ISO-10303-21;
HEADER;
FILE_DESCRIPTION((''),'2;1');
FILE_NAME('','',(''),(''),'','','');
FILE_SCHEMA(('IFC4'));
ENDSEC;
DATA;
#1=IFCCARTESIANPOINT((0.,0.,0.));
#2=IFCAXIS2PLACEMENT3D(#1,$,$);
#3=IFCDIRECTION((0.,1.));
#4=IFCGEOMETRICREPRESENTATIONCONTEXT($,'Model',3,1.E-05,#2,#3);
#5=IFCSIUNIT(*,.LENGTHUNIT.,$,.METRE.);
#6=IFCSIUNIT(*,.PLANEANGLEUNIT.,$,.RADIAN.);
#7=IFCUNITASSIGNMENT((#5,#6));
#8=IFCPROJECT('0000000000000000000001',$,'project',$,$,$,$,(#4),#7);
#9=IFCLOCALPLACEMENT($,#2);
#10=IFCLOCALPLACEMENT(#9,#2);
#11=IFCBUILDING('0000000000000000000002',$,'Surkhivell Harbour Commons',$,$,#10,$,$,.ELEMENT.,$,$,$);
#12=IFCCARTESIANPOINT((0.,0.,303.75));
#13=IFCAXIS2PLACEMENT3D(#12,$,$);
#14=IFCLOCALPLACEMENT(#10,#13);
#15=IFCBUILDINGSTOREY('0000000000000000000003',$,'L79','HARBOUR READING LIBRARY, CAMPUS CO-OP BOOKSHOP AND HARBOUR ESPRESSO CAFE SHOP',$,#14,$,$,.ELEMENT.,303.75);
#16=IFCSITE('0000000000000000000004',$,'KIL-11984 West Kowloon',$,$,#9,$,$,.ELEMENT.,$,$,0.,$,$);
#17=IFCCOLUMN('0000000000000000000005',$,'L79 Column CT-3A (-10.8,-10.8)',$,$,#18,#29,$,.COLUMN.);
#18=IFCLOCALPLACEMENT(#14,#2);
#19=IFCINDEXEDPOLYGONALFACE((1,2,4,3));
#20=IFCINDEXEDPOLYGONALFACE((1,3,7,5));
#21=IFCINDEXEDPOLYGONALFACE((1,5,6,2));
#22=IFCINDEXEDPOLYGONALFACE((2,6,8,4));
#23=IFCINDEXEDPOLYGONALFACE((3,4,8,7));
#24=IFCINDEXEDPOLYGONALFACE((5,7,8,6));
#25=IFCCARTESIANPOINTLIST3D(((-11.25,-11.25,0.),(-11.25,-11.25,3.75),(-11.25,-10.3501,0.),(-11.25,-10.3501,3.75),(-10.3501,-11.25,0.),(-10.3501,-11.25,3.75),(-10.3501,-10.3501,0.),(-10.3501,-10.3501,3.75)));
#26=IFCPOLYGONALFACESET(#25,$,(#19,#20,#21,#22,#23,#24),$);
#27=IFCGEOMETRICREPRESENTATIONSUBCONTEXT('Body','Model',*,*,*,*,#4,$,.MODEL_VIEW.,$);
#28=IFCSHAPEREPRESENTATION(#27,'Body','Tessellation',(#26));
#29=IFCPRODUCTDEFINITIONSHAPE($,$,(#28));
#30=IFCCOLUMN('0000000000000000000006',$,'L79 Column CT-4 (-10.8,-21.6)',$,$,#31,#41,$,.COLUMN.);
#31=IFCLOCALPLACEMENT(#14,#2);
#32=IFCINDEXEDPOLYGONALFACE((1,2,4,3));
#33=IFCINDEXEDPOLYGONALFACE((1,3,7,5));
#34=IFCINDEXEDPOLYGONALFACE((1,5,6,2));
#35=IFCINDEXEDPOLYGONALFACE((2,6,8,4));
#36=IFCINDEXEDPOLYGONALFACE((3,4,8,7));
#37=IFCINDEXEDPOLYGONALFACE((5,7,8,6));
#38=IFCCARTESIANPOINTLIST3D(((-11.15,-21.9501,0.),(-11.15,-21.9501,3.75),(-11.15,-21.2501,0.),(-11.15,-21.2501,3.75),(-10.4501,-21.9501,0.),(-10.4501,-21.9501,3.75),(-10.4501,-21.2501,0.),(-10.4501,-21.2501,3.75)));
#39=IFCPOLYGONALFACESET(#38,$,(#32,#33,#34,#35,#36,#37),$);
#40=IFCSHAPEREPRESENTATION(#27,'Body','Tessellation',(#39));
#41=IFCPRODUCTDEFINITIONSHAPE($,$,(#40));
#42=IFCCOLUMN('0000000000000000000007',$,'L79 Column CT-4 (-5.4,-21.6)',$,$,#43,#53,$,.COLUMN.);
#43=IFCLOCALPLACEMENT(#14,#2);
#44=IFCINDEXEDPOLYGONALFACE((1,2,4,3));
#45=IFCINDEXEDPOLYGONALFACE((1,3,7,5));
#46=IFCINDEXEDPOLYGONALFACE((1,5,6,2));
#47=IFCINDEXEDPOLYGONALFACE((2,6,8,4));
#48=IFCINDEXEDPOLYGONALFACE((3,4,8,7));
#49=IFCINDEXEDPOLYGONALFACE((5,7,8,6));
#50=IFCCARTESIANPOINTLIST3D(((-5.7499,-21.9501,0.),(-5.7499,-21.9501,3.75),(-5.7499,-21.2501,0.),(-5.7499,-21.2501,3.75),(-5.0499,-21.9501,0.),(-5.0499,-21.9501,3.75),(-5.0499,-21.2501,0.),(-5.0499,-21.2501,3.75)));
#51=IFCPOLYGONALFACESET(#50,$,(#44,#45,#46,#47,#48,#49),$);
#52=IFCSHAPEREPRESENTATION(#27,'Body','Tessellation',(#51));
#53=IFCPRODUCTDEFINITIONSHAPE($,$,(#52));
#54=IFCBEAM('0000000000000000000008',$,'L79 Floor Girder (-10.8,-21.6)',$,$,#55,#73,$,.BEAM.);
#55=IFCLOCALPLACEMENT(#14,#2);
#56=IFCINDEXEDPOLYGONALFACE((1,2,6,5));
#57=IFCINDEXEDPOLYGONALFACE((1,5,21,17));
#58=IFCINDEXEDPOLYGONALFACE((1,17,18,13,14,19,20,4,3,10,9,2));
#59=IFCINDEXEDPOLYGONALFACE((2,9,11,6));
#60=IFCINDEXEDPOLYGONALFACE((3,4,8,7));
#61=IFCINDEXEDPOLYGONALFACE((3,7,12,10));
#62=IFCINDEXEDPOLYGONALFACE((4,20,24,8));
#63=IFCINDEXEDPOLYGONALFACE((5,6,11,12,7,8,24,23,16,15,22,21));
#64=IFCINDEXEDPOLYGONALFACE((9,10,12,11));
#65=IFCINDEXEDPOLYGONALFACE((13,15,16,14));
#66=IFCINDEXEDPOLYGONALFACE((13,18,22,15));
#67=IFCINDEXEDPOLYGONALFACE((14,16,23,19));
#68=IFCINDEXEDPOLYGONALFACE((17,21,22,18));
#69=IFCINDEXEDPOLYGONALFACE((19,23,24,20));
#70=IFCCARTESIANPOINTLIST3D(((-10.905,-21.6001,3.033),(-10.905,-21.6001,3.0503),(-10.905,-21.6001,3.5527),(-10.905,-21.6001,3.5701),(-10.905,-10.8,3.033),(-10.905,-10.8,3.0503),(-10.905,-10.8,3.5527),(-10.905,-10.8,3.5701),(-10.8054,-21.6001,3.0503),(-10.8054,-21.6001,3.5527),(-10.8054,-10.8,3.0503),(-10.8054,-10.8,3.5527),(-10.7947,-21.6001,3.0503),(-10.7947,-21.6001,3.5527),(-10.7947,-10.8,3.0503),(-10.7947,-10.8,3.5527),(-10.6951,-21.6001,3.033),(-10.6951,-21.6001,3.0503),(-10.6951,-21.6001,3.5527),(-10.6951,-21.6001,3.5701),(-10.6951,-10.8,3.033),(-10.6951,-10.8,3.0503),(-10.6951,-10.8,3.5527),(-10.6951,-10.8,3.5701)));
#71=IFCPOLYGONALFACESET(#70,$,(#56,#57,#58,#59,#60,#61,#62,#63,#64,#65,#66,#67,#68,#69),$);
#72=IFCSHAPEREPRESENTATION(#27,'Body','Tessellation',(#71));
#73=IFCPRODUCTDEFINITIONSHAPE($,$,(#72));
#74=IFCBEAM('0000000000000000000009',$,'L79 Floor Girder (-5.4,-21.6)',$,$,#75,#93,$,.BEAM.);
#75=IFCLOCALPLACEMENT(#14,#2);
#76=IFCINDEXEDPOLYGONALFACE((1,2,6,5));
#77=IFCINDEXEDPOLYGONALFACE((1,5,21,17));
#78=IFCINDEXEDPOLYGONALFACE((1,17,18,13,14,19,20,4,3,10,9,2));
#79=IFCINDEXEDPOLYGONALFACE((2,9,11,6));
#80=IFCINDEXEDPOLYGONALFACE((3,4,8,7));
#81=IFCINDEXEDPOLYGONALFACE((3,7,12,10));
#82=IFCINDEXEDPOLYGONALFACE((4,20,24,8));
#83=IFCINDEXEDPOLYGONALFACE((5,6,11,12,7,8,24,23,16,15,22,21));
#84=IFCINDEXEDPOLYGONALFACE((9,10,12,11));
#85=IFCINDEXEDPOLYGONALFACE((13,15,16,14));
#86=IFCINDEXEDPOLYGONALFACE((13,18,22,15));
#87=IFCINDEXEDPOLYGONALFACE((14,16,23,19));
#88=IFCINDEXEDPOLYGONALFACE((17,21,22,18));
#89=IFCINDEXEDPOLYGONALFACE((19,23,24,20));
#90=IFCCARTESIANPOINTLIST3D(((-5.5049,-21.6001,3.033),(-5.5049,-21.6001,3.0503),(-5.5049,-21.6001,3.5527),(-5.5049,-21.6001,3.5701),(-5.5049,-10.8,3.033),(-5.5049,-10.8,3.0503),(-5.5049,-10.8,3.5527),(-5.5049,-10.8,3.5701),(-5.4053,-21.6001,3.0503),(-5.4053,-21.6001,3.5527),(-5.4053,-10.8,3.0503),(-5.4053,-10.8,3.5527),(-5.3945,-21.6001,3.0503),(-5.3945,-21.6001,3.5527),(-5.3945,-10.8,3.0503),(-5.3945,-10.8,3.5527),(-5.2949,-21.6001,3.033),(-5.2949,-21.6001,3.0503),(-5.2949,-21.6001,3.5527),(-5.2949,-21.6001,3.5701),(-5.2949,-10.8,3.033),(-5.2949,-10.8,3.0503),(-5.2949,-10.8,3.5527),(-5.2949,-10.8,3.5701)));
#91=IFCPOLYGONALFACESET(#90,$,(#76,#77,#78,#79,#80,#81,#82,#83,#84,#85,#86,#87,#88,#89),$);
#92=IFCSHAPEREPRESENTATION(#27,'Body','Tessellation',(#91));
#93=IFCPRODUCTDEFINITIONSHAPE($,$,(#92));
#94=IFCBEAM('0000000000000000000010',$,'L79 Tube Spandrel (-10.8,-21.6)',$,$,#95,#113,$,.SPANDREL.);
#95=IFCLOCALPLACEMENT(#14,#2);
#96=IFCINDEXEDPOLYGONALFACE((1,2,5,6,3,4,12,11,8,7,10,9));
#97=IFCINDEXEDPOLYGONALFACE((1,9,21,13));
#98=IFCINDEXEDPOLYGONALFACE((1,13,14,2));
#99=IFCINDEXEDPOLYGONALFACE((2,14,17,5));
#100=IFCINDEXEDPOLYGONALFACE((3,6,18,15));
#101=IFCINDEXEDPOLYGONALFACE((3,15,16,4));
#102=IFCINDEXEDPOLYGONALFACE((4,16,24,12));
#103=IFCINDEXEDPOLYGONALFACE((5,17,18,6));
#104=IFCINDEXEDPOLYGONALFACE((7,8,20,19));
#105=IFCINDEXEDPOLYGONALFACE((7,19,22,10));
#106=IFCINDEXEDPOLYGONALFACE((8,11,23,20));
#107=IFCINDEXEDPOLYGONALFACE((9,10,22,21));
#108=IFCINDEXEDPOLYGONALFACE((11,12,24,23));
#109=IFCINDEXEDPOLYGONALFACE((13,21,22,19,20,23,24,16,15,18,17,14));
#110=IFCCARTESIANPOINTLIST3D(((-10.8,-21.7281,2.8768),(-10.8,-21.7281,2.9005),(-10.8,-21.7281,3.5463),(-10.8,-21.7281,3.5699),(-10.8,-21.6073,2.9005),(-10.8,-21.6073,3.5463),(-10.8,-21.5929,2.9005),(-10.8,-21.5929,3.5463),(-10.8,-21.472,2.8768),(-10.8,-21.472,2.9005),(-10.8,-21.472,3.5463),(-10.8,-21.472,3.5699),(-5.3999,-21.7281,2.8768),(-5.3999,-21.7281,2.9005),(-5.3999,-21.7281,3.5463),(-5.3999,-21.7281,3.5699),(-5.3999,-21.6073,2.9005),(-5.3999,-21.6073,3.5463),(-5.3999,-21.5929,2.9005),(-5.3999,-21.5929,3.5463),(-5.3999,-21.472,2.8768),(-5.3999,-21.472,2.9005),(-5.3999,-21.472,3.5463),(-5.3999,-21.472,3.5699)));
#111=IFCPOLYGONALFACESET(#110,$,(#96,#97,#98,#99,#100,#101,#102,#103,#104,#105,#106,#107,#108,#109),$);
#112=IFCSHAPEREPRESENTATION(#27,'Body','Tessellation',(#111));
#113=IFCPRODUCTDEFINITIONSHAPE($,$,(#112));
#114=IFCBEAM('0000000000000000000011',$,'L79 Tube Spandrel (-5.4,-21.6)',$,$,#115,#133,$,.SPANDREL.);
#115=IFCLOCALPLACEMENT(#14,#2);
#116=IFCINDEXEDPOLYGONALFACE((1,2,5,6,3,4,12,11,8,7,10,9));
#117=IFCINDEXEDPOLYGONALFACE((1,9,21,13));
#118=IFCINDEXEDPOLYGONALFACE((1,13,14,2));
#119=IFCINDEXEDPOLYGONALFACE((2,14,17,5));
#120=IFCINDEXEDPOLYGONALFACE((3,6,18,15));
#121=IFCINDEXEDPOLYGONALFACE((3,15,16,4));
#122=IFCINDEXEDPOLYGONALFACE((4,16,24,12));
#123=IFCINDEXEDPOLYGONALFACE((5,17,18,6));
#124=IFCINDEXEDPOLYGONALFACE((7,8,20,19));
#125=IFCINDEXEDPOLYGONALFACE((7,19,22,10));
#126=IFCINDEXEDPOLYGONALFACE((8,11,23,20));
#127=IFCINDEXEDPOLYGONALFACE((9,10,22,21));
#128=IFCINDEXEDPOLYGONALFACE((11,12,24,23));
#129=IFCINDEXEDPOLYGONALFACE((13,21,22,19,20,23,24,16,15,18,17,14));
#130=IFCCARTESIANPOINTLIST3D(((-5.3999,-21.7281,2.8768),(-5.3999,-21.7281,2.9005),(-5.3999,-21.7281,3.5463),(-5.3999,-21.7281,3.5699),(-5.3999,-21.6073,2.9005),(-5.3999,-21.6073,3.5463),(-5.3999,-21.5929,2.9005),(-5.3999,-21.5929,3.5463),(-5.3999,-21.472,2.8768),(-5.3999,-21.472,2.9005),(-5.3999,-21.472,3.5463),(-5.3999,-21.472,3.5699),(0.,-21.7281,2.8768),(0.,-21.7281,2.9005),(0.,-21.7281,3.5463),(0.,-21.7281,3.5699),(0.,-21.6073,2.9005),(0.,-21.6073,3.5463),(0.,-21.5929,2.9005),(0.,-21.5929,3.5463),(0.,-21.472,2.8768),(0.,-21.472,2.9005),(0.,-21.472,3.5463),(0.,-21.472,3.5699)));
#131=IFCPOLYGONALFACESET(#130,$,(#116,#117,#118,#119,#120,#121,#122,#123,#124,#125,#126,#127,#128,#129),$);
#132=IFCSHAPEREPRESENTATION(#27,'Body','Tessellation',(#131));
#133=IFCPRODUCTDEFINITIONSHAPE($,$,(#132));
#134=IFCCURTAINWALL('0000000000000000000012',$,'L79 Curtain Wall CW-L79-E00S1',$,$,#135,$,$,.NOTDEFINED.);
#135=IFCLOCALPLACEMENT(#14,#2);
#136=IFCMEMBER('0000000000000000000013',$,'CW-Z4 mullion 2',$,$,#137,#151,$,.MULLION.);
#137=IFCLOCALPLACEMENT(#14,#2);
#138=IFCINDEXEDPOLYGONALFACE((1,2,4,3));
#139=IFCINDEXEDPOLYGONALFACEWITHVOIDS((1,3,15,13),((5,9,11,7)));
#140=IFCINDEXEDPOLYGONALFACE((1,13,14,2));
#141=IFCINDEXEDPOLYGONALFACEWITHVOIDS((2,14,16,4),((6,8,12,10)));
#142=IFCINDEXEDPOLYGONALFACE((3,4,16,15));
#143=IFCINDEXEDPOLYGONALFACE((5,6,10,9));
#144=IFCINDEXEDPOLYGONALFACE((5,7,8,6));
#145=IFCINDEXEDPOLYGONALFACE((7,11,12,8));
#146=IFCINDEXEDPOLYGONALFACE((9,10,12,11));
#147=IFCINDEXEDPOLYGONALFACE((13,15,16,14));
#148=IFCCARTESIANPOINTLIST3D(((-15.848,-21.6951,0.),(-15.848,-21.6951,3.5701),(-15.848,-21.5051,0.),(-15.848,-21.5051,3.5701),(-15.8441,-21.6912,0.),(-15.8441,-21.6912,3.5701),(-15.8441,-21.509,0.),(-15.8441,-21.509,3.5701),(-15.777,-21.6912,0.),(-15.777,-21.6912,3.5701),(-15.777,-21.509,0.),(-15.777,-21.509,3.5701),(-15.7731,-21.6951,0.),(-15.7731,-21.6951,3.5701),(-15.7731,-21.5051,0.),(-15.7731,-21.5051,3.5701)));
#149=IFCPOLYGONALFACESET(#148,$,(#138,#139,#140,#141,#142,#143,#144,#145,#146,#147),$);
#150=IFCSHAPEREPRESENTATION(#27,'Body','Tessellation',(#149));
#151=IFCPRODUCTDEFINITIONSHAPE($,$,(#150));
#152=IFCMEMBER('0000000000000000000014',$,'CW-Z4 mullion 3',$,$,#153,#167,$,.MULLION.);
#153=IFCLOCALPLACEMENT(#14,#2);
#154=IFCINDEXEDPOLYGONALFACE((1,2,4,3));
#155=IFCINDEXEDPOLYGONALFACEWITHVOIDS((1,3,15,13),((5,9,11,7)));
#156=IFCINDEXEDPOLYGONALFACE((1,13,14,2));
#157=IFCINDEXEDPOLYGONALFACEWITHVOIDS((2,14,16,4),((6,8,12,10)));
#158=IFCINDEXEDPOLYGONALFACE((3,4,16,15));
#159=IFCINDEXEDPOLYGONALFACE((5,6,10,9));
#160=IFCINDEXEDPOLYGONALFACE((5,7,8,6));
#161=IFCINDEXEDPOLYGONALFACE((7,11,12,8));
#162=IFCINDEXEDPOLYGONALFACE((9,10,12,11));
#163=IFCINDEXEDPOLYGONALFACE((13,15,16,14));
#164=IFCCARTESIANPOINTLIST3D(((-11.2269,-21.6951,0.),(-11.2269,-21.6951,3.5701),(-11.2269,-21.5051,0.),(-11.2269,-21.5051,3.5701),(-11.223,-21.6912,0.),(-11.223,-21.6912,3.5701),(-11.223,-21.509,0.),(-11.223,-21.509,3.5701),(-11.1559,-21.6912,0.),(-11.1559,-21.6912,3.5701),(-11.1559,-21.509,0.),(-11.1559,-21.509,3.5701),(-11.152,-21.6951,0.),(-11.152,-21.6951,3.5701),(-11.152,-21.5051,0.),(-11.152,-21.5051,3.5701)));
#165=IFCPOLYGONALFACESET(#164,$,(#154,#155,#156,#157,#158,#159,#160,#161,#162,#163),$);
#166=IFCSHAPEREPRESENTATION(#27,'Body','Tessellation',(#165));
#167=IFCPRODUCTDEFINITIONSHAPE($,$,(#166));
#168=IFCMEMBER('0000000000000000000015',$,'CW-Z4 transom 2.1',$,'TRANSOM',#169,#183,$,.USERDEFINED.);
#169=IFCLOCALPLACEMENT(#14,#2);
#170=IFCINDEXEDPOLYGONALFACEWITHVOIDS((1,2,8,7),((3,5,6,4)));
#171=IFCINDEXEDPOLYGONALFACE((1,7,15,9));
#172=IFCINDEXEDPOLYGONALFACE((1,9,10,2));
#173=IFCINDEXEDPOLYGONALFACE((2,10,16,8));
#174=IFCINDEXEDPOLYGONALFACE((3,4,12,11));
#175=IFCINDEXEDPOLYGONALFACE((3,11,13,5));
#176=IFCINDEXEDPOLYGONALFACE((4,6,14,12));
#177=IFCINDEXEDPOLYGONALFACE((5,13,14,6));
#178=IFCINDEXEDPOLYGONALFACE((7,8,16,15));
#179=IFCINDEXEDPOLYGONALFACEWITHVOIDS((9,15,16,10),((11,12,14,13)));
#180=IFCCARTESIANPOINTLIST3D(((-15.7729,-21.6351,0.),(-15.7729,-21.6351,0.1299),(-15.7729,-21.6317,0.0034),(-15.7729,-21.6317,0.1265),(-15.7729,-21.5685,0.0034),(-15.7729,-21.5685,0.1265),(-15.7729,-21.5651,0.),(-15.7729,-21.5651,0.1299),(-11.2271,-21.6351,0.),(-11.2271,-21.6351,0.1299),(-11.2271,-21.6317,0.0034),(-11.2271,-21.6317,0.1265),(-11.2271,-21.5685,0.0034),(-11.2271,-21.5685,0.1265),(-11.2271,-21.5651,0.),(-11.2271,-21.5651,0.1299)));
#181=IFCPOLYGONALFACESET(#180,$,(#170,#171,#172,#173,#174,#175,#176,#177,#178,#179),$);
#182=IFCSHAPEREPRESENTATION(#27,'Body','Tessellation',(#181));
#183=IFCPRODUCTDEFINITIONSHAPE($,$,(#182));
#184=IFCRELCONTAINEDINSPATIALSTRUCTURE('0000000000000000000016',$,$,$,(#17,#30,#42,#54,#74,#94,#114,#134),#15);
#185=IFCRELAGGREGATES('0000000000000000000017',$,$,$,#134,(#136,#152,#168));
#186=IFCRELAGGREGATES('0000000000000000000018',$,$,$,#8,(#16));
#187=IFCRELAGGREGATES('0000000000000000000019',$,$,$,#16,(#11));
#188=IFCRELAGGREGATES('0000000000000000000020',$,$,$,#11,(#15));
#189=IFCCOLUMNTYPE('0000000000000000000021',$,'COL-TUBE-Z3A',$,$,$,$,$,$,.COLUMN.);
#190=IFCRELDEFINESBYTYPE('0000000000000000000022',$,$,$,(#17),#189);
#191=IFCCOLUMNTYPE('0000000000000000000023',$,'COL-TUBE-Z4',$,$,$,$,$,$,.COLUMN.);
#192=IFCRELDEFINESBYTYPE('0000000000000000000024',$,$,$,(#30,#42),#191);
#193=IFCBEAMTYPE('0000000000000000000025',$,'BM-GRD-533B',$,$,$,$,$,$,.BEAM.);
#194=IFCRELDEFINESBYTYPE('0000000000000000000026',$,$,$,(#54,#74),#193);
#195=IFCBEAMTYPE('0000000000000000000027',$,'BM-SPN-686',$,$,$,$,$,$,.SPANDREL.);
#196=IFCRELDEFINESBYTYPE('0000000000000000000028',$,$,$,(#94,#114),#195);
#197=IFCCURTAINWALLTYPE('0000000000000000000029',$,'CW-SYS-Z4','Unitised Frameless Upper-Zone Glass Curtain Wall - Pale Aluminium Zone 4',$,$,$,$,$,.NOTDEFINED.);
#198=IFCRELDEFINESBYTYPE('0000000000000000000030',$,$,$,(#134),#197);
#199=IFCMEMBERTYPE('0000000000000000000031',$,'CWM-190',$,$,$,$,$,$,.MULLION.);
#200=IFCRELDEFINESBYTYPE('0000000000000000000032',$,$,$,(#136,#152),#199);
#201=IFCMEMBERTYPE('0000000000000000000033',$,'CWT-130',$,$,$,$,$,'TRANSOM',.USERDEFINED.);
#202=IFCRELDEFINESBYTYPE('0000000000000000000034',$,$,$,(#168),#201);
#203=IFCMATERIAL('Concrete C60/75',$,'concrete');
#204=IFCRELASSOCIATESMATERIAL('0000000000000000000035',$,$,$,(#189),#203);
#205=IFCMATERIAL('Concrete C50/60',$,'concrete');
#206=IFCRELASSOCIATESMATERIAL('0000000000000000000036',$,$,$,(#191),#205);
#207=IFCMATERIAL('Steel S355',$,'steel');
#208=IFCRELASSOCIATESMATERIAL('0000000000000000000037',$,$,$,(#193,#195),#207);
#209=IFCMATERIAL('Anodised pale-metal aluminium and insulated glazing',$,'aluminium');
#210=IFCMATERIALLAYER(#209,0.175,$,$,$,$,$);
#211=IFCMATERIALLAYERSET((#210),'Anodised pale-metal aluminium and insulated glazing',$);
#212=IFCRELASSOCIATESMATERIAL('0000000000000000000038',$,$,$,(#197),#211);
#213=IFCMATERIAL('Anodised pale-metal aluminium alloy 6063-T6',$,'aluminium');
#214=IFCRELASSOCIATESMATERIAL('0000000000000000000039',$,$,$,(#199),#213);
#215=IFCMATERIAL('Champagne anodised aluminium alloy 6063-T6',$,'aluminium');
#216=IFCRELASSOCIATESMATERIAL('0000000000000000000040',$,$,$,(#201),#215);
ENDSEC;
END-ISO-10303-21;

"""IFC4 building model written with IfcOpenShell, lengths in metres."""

from ifc_helpers import new_model, si_unit, direction, frame, origin, origin_2d, place, context, subcontext, project, spatial, rectangle, hollow_rectangle, i_section, extrude, material, layer, layer_set, material_profile, profile_set, type_object, element, aggregate, save


model = new_model("IFC4")

# Units and contexts
model_context = context("Model", 3, precision=1e-05, world=origin(), true_north=direction((0.0, 1.0)))
body_context = subcontext(model_context, "Body", "Model", "MODEL_VIEW")
ifc_project = project(units=[si_unit("LENGTHUNIT", "METRE"), si_unit("PLANEANGLEUNIT", "RADIAN")], contexts=[model_context])

# Site, building, storey
site_placement = place(None, origin())
site = spatial("IfcSite", under=ifc_project, at=site_placement, Name="KIL-11984 West Kowloon", CompositionType="ELEMENT", RefElevation=0.0)
building_placement = place(site_placement, origin())
building = spatial("IfcBuilding", under=site, at=building_placement, Name="Surkhivell Harbour Commons", CompositionType="ELEMENT")
storey_placement = place(building_placement, frame((0.0, 0.0, 303.75)))
storey = spatial("IfcBuildingStorey", under=building, at=storey_placement, Name="L79", Description="HARBOUR READING LIBRARY, CAMPUS CO-OP BOOKSHOP AND HARBOUR ESPRESSO CAFE SHOP", CompositionType="ELEMENT", Elevation=303.75)

# Columns
ifc_material_1 = material(Name="Concrete C60/75", Category="concrete")
ifc_material_profile_1 = material_profile(ifc_material_1, rectangle(XDim=0.8999, YDim=0.8999, at=origin_2d()), Name="RC-COL-900x900")
ifc_profile_set_1 = profile_set([ifc_material_profile_1], Name="Concrete C60/75")
column_type_1 = type_object("IfcColumnType", Name="COL-TUBE-Z3A", PredefinedType="COLUMN", material=ifc_profile_set_1)
column_placement = place(storey_placement, frame((-10.8, -10.8, 0.0), z_axis=(0.0, 0.0, 1.0), x_axis=(1.0, 0.0, 0.0)))
element("IfcColumn", 1, at=column_placement, inside=storey, type_object=column_type_1, Name="L79 Column CT-3A (-10.8,-10.8)", PredefinedType="COLUMN", context=body_context, shape_type="SweptSolid", body=[
    extrude(rectangle(XDim=0.8999, YDim=0.8999, at=origin_2d()), origin(), (0.0, 0.0, 1.0), 3.75),
])
ifc_material_2 = material(Name="Concrete C50/60", Category="concrete")
ifc_material_profile_2 = material_profile(ifc_material_2, rectangle(XDim=0.7, YDim=0.7, at=origin_2d()), Name="RC-COL-700x700")
ifc_profile_set_2 = profile_set([ifc_material_profile_2], Name="Concrete C50/60")
column_type_2 = type_object("IfcColumnType", Name="COL-TUBE-Z4", PredefinedType="COLUMN", material=ifc_profile_set_2)
for number, where, z_axis, x_axis, name in (
    (2, (-10.8, -21.6001, 0.0), (0.0, 0.0, 1.0), (1.0, 0.0, 0.0), "L79 Column CT-4 (-10.8,-21.6)"),
    (3, (-5.3999, -21.6001, 0.0), (0.0, 0.0, 1.0), (1.0, 0.0, 0.0), "L79 Column CT-4 (-5.4,-21.6)"),
):
    element("IfcColumn", number, at=place(storey_placement, frame(where, z_axis=z_axis, x_axis=x_axis)), inside=storey, type_object=column_type_2, Name=name, PredefinedType="COLUMN", context=body_context, shape_type="SweptSolid", body=[
        extrude(rectangle(XDim=0.7, YDim=0.7, at=origin_2d()), origin(), (0.0, 0.0, 1.0), 3.75),
    ])

# Beams
ifc_material_3 = material(Name="Steel S355", Category="steel")
ifc_material_profile_3 = material_profile(ifc_material_3, i_section(OverallWidth=0.21, OverallDepth=0.5371, WebThickness=0.0107, FlangeThickness=0.0173, at=origin_2d()), Name="UB533x210x101")
ifc_profile_set_3 = profile_set([ifc_material_profile_3], Name="Steel S355")
beam_type_1 = type_object("IfcBeamType", Name="BM-GRD-533B", PredefinedType="BEAM", material=ifc_profile_set_3)
for number, where, z_axis, x_axis, name in (
    (4, (-10.8, -21.6001, 3.3015), (0.0, 1.0, 0.0), (-1.0, 0.0, 0.0), "L79 Floor Girder (-10.8,-21.6)"),
    (5, (-5.3999, -21.6001, 3.3015), (0.0, 1.0, 0.0), (-1.0, 0.0, 0.0), "L79 Floor Girder (-5.4,-21.6)"),
):
    element("IfcBeam", number, at=place(storey_placement, frame(where, z_axis=z_axis, x_axis=x_axis)), inside=storey, type_object=beam_type_1, Name=name, PredefinedType="BEAM", context=body_context, shape_type="SweptSolid", body=[
        extrude(i_section(OverallWidth=0.21, OverallDepth=0.5371, WebThickness=0.0107, FlangeThickness=0.0173, at=origin_2d()), origin(), (0.0, 0.0, 1.0), 10.8),
    ])
ifc_material_profile_4 = material_profile(ifc_material_3, i_section(OverallWidth=0.2561, OverallDepth=0.6931, WebThickness=0.0144, FlangeThickness=0.0237, at=origin_2d()), Name="UB686x254x170")
ifc_profile_set_4 = profile_set([ifc_material_profile_4], Name="Steel S355")
beam_type_2 = type_object("IfcBeamType", Name="BM-SPN-686", PredefinedType="SPANDREL", material=ifc_profile_set_4)
beam_1_placement = place(storey_placement, frame((-10.8, -21.6001, 3.2234), z_axis=(1.0, 0.0, 0.0), x_axis=(0.0, 1.0, 0.0)))
element("IfcBeam", 6, at=beam_1_placement, inside=storey, type_object=beam_type_2, Name="L79 Tube Spandrel (-10.8,-21.6)", PredefinedType="SPANDREL", context=body_context, shape_type="SweptSolid", body=[
    extrude(i_section(OverallWidth=0.2561, OverallDepth=0.6931, WebThickness=0.0144, FlangeThickness=0.0237, at=origin_2d()), origin(), (0.0, 0.0, 1.0), 5.4001),
])
beam_2_placement = place(storey_placement, frame((-5.3999, -21.6001, 3.2234), z_axis=(1.0, 0.0, 0.0), x_axis=(0.0, 1.0, 0.0)))
element("IfcBeam", 7, at=beam_2_placement, inside=storey, type_object=beam_type_2, Name="L79 Tube Spandrel (-5.4,-21.6)", PredefinedType="SPANDREL", context=body_context, shape_type="SweptSolid", body=[
    extrude(i_section(OverallWidth=0.2561, OverallDepth=0.6931, WebThickness=0.0144, FlangeThickness=0.0237, at=origin_2d()), origin(), (0.0, 0.0, 1.0), 5.3999),
])

# Curtain wall, members
ifc_material_4 = material(Name="Anodised pale-metal aluminium and insulated glazing", Category="aluminium")
ifc_layer_1 = layer(ifc_material_4, 0.175)
ifc_layer_set_1 = layer_set([ifc_layer_1], Name="Anodised pale-metal aluminium and insulated glazing")
curtain_wall_type = type_object("IfcCurtainWallType", Name="CW-SYS-Z4", Description="Unitised Frameless Upper-Zone Glass Curtain Wall - Pale Aluminium Zone 4", PredefinedType="NOTDEFINED", material=ifc_layer_set_1)
curtain_wall_placement = place(storey_placement, origin())
curtain_wall = element("IfcCurtainWall", 8, at=curtain_wall_placement, inside=storey, type_object=curtain_wall_type, Name="L79 Curtain Wall CW-L79-E00S1", PredefinedType="NOTDEFINED")
ifc_material_5 = material(Name="Anodised pale-metal aluminium alloy 6063-T6", Category="aluminium")
ifc_material_profile_5 = material_profile(ifc_material_5, hollow_rectangle(XDim=0.075, YDim=0.1899, WallThickness=0.0039, at=origin_2d()), Name="ALU-MULL-75x190")
ifc_profile_set_5 = profile_set([ifc_material_profile_5], Name="Anodised pale-metal aluminium alloy 6063-T6")
member_type_1 = type_object("IfcMemberType", Name="CWM-190", PredefinedType="MULLION", material=ifc_profile_set_5)
member_1_placement = place(storey_placement, frame((-15.8105, -21.6001, 0.0), z_axis=(0.0, 0.0, 1.0), x_axis=(1.0, 0.0, 0.0)))
member_1 = element("IfcMember", 9, at=member_1_placement, type_object=member_type_1, Name="CW-Z4 mullion 2", PredefinedType="MULLION", context=body_context, shape_type="SweptSolid", body=[
    extrude(hollow_rectangle(XDim=0.075, YDim=0.1899, WallThickness=0.0039, at=origin_2d()), origin(), (0.0, 0.0, 1.0), 3.5701),
])
member_2_placement = place(storey_placement, frame((-11.1895, -21.6001, 0.0), z_axis=(0.0, 0.0, 1.0), x_axis=(1.0, 0.0, 0.0)))
member_2 = element("IfcMember", 10, at=member_2_placement, type_object=member_type_1, Name="CW-Z4 mullion 3", PredefinedType="MULLION", context=body_context, shape_type="SweptSolid", body=[
    extrude(hollow_rectangle(XDim=0.075, YDim=0.1899, WallThickness=0.0039, at=origin_2d()), origin(), (0.0, 0.0, 1.0), 3.5701),
])
ifc_material_6 = material(Name="Champagne anodised aluminium alloy 6063-T6", Category="aluminium")
ifc_material_profile_6 = material_profile(ifc_material_6, hollow_rectangle(XDim=0.0701, YDim=0.1299, WallThickness=0.0034, at=origin_2d()), Name="ALU-TRAN-70x130")
ifc_profile_set_6 = profile_set([ifc_material_profile_6], Name="Champagne anodised aluminium alloy 6063-T6")
member_type_2 = type_object("IfcMemberType", Name="CWT-130", ElementType="TRANSOM", PredefinedType="USERDEFINED", material=ifc_profile_set_6)
member_3_placement = place(storey_placement, frame((-15.7729, -21.6001, 0.0649), z_axis=(1.0, 0.0, 0.0), x_axis=(0.0, 1.0, 0.0)))
member_3 = element("IfcMember", 11, at=member_3_placement, type_object=member_type_2, Name="CW-Z4 transom 2.1", ObjectType="TRANSOM", PredefinedType="USERDEFINED", context=body_context, shape_type="SweptSolid", body=[
    extrude(hollow_rectangle(XDim=0.0701, YDim=0.1299, WallThickness=0.0034, at=origin_2d()), origin(), (0.0, 0.0, 1.0), 4.5459),
])

aggregate(curtain_wall, [member_1, member_2, member_3])

save(model, "model.ifc")
